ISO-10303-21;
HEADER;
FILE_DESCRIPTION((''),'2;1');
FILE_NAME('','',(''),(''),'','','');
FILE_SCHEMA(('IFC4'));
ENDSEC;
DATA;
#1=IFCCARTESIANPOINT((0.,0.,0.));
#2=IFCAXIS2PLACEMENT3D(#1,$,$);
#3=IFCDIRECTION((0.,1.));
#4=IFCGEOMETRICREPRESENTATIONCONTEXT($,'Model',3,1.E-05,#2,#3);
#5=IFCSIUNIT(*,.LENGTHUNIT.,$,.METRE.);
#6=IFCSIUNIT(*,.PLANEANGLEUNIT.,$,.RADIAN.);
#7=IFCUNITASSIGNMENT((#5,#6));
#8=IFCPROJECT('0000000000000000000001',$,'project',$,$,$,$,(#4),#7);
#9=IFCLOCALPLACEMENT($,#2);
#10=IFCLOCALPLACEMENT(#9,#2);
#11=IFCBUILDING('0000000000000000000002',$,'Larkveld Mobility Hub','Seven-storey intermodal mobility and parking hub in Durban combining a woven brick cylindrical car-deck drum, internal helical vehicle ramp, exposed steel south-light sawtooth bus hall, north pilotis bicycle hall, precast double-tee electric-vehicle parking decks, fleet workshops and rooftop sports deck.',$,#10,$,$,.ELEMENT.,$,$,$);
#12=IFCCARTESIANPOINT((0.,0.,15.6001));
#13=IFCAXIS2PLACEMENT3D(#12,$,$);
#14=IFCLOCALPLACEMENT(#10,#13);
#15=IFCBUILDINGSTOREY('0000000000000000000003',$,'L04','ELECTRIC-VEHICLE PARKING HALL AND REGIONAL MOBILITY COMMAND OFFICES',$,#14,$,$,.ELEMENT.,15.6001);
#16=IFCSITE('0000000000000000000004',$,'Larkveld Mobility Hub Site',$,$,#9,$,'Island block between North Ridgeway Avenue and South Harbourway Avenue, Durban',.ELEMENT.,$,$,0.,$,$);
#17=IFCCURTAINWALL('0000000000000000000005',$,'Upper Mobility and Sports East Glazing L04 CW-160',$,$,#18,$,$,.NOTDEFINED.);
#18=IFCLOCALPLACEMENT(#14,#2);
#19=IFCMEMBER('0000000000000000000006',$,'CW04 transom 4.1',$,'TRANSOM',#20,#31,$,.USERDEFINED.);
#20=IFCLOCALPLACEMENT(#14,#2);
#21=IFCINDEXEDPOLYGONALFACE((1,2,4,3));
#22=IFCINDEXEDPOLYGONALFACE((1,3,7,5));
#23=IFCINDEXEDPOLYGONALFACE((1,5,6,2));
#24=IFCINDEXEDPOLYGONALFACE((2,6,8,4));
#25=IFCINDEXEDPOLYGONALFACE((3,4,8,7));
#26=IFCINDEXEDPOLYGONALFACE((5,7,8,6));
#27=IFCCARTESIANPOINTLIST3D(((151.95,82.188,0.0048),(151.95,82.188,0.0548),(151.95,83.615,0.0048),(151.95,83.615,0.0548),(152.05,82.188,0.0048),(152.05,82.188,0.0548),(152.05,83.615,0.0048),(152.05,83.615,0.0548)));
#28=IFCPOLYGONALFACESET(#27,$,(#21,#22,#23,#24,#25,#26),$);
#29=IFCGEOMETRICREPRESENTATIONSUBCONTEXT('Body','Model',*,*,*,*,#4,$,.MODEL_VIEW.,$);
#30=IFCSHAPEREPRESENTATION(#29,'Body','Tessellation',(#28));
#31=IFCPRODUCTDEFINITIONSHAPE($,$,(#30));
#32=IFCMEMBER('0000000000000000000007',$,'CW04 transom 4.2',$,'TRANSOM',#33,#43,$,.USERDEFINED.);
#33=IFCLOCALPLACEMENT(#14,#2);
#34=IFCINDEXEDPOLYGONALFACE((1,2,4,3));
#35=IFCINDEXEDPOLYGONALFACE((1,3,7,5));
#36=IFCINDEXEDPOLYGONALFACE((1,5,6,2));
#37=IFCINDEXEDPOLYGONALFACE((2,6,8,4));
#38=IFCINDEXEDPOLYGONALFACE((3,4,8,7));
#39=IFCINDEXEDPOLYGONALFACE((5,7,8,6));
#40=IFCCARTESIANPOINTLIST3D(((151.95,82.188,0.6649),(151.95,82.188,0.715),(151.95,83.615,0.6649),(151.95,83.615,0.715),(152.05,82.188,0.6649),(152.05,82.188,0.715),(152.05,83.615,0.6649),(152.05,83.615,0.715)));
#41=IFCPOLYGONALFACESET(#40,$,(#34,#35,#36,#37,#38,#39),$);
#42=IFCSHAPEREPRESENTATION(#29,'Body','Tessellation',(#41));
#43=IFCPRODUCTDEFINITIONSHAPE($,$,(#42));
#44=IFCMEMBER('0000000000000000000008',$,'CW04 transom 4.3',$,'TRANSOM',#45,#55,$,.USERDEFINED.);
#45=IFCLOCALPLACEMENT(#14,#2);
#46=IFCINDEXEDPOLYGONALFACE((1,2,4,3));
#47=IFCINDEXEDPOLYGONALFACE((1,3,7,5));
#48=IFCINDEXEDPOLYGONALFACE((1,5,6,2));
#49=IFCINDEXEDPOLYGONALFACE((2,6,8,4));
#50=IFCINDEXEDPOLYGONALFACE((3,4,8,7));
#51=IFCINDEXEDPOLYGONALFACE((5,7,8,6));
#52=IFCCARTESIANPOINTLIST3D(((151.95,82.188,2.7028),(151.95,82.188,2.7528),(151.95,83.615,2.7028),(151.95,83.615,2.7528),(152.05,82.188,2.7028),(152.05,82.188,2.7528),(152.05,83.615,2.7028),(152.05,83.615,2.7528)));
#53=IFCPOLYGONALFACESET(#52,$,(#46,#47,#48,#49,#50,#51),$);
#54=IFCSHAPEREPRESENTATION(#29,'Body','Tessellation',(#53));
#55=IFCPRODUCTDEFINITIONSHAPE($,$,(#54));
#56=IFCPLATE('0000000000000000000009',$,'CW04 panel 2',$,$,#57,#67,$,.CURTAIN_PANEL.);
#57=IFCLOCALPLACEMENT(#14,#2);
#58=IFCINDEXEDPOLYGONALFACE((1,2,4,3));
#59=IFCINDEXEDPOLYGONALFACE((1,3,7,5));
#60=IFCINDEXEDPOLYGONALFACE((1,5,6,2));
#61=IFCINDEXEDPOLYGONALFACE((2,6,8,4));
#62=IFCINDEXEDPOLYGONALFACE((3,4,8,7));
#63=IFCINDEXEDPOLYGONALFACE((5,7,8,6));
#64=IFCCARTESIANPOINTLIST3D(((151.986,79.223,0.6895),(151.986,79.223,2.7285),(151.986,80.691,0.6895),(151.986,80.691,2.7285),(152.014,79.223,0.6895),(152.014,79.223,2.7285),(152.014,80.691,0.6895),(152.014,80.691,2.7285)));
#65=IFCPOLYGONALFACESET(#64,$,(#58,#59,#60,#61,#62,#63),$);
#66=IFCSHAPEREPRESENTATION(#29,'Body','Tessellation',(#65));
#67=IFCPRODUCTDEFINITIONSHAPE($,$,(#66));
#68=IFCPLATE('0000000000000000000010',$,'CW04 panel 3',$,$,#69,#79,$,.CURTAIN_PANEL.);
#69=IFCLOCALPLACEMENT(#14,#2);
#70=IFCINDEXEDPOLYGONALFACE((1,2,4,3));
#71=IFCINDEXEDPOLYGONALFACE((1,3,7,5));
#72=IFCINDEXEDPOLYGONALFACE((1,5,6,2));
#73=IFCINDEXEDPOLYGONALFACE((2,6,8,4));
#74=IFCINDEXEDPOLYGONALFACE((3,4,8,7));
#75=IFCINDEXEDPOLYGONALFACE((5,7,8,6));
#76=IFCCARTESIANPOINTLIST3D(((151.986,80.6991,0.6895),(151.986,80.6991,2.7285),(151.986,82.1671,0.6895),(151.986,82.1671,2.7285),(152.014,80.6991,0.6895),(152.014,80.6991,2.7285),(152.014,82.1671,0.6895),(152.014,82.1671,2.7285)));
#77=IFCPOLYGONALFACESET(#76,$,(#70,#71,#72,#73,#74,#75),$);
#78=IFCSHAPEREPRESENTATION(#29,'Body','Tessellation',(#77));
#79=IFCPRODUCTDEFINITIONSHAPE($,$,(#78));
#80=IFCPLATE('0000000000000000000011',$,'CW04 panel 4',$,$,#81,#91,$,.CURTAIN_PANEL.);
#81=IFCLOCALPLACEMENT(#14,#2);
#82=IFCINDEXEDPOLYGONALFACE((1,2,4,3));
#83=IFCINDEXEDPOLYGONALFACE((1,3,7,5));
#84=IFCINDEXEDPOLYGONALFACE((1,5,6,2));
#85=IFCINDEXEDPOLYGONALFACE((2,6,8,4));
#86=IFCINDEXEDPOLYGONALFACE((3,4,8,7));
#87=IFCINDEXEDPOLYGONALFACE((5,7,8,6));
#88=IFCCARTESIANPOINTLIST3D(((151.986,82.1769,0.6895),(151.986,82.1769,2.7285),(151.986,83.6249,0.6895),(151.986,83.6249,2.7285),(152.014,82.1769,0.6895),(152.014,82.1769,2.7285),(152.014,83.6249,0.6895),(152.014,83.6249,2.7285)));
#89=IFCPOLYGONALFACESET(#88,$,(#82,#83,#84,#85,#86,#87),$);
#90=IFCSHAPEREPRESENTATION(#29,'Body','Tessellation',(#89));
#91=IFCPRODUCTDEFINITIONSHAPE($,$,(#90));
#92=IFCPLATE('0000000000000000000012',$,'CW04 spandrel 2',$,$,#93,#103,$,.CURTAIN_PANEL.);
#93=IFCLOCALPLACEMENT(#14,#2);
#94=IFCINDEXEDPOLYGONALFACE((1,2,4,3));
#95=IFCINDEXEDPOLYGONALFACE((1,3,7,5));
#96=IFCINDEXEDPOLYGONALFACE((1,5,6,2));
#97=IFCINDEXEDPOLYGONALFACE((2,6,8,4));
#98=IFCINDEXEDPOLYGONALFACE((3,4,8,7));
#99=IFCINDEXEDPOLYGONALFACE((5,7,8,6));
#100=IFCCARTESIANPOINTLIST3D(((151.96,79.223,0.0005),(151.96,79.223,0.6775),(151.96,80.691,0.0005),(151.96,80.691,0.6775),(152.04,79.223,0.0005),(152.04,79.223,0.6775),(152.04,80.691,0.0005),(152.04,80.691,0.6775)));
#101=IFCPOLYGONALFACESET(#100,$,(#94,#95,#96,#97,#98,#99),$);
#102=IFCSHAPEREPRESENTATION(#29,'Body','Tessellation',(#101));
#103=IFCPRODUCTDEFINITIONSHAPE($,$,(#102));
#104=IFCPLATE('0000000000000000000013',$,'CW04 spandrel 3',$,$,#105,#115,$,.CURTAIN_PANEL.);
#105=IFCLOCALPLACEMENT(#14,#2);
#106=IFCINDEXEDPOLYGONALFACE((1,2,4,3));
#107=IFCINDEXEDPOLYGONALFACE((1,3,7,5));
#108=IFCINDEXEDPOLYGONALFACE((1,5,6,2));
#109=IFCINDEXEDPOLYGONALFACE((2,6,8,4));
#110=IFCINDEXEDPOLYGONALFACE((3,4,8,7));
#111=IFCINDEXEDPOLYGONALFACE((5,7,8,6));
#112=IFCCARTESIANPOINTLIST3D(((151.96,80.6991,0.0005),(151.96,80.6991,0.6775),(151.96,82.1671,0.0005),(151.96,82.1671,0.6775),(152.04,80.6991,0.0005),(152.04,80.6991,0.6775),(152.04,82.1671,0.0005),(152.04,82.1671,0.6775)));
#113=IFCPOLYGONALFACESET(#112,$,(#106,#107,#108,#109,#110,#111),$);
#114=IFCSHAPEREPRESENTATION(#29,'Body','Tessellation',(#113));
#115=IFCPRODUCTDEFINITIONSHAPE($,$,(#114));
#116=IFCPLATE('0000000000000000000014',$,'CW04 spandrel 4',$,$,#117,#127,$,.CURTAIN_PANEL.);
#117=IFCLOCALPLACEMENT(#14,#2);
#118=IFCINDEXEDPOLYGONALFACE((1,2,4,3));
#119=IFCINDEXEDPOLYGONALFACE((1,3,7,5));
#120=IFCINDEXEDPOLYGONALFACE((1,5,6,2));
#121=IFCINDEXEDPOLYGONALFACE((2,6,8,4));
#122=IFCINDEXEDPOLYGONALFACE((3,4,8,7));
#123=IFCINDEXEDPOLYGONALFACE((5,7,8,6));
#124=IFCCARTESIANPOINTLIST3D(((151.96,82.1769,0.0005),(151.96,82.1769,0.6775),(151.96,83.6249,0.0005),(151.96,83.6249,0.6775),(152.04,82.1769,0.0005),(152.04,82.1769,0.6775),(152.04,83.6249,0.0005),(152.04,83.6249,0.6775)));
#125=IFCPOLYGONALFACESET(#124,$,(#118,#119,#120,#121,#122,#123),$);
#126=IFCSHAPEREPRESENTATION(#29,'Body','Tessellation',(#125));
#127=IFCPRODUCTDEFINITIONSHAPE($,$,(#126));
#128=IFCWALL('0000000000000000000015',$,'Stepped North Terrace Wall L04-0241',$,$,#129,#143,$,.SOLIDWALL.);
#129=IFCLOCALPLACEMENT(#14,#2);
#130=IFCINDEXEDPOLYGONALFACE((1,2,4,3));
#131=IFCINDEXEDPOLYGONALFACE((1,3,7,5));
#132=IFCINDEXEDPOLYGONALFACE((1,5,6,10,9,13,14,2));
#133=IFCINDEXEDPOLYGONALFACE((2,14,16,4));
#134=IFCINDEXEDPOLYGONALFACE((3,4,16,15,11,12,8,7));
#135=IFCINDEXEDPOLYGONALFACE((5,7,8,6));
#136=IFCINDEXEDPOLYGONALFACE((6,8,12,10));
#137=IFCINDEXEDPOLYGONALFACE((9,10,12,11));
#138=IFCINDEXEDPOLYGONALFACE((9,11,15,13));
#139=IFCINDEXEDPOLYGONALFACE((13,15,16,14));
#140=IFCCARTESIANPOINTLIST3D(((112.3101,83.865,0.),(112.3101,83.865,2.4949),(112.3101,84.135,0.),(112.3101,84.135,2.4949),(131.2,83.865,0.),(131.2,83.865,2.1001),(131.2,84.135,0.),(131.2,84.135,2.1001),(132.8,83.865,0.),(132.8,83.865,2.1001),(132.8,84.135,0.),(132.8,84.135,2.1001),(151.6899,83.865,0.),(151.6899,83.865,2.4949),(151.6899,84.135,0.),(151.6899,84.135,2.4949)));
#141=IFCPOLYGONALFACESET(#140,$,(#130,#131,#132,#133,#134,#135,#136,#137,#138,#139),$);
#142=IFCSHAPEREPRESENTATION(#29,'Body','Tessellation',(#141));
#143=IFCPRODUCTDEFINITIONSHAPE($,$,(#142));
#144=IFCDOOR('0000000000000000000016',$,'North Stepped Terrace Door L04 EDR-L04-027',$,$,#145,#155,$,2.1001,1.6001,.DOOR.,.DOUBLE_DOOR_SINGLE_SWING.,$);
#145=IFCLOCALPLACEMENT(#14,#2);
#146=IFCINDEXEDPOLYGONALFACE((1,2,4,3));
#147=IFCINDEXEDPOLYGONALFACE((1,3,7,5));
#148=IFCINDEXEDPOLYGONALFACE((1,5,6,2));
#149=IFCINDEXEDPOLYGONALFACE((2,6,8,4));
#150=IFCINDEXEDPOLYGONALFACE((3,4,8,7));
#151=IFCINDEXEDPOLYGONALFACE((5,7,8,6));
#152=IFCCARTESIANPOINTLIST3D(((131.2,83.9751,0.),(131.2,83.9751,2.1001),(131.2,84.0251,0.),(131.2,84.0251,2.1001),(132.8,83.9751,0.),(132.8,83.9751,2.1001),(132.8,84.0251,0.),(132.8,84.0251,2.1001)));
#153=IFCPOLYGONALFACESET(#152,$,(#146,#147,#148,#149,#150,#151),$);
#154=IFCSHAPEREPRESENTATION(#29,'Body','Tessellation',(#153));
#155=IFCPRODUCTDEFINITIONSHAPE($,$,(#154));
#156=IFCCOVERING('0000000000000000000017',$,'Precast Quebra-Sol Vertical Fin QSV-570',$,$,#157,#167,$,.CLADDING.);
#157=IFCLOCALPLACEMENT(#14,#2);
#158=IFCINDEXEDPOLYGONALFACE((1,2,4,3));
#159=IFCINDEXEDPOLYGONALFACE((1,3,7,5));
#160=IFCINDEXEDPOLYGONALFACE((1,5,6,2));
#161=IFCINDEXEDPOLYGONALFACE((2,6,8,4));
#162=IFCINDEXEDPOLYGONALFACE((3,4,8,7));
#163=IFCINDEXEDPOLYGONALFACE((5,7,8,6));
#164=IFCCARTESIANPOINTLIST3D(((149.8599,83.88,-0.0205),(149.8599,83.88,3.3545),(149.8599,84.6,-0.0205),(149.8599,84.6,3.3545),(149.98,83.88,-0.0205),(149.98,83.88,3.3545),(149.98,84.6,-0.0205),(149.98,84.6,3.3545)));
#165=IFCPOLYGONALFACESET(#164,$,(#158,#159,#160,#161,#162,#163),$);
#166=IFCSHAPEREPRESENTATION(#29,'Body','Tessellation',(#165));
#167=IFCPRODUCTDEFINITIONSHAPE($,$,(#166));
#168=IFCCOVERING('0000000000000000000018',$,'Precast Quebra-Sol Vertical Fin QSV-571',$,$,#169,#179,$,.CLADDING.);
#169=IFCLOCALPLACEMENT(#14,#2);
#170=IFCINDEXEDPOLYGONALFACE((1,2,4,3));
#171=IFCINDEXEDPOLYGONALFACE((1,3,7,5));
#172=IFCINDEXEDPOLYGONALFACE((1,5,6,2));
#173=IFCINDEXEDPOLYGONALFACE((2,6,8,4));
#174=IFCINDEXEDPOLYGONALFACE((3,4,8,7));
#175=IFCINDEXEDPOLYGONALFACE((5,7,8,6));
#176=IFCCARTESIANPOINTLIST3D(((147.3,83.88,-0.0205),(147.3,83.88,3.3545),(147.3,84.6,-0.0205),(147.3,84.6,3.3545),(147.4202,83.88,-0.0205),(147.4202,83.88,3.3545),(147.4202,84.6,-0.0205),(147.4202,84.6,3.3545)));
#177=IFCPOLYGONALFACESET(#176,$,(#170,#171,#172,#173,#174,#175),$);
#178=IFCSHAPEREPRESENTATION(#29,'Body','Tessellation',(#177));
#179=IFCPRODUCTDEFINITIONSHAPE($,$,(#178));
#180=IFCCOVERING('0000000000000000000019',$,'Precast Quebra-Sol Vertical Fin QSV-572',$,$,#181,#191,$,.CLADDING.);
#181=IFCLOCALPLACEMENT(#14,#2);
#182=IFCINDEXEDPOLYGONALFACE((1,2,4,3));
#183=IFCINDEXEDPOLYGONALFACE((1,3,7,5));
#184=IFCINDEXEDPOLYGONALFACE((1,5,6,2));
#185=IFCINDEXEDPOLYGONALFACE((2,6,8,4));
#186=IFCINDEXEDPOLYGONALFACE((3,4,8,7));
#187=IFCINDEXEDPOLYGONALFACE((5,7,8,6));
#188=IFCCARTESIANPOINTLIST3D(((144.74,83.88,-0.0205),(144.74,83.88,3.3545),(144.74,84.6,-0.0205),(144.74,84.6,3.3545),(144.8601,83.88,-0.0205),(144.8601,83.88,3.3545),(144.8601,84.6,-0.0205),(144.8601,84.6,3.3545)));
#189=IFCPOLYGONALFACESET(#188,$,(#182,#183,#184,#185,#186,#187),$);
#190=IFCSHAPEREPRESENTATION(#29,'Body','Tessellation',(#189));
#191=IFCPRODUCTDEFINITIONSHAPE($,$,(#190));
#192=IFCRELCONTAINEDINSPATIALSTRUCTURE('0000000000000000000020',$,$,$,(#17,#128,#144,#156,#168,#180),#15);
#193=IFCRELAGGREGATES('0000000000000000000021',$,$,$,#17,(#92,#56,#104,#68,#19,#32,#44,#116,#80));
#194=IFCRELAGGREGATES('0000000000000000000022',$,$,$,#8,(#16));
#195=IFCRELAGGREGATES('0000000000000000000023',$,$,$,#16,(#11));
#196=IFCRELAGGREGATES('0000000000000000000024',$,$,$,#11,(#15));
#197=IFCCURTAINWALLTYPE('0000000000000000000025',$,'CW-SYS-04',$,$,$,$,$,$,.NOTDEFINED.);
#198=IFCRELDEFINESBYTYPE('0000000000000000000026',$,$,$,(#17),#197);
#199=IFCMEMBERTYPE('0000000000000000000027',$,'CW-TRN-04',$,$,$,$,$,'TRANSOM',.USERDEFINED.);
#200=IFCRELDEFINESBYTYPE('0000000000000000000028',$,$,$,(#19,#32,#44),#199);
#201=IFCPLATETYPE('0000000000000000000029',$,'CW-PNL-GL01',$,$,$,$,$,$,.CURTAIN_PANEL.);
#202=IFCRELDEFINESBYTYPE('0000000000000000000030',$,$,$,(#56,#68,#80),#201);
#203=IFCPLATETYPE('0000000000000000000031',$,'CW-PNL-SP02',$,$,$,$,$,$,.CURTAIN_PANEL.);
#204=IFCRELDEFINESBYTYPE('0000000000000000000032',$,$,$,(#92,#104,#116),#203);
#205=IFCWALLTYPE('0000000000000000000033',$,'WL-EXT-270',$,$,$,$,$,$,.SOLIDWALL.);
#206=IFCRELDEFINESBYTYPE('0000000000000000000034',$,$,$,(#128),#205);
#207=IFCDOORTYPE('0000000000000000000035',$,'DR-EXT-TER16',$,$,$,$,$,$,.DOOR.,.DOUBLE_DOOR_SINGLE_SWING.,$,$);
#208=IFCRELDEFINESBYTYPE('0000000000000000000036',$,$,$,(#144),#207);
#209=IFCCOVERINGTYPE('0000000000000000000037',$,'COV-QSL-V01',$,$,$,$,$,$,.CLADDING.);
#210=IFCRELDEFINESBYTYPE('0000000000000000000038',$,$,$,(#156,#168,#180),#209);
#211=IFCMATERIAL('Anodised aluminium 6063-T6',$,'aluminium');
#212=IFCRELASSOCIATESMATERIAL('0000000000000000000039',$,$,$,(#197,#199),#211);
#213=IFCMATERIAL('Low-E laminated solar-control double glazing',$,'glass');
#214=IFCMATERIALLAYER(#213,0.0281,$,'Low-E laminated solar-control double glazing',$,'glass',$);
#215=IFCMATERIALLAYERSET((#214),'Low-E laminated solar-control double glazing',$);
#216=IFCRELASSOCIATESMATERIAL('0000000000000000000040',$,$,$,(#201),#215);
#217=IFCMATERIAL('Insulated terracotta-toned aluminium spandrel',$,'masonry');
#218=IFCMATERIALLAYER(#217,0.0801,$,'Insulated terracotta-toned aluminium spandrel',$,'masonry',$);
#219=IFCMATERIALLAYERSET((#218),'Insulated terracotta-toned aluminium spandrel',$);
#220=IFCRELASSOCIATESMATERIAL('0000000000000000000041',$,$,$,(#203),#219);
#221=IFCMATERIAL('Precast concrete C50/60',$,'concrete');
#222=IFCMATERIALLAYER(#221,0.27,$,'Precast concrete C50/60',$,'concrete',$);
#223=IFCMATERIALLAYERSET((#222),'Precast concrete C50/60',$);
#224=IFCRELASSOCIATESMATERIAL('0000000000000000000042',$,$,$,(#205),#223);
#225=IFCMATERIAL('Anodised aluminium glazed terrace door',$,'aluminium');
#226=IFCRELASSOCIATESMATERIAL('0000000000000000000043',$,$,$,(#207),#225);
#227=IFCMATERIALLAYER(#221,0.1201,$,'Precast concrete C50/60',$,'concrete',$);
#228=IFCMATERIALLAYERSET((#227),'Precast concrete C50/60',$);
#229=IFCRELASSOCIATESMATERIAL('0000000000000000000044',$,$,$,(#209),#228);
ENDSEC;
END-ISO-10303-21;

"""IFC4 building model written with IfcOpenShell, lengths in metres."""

from ifc_helpers import new_model, si_unit, direction, frame, frame_2d, origin, origin_2d, place, context, subcontext, project, spatial, rectangle, extrude, material, layer, layer_set, material_profile, profile_set, type_object, element, fill, aggregate, save


model = new_model("IFC4")

# Units and contexts
model_context = context("Model", 3, precision=1e-05, world=origin(), true_north=direction((0.0, 1.0)))
body_context = subcontext(model_context, "Body", "Model", "MODEL_VIEW")
ifc_project = project(units=[si_unit("LENGTHUNIT", "METRE"), si_unit("PLANEANGLEUNIT", "RADIAN")], contexts=[model_context])

# Site, building, storey
site_placement = place(None, origin())
site = spatial("IfcSite", under=ifc_project, at=site_placement, Name="Larkveld Mobility Hub Site", LongName="Island block between North Ridgeway Avenue and South Harbourway Avenue, Durban", CompositionType="ELEMENT", RefElevation=0.0)
building_placement = place(site_placement, origin())
building = spatial("IfcBuilding", under=site, at=building_placement, Name="Larkveld Mobility Hub", Description="Seven-storey intermodal mobility and parking hub in Durban combining a woven brick cylindrical car-deck drum, internal helical vehicle ramp, exposed steel south-light sawtooth bus hall, north pilotis bicycle hall, precast double-tee electric-vehicle parking decks, fleet workshops and rooftop sports deck.", CompositionType="ELEMENT")
storey_placement = place(building_placement, frame((0.0, 0.0, 15.6001)))
storey = spatial("IfcBuildingStorey", under=building, at=storey_placement, Name="L04", Description="ELECTRIC-VEHICLE PARKING HALL AND REGIONAL MOBILITY COMMAND OFFICES", CompositionType="ELEMENT", Elevation=15.6001)

# Curtain wall, members, plates
ifc_material_1 = material(Name="Anodised aluminium 6063-T6", Category="aluminium")
curtain_wall_type = type_object("IfcCurtainWallType", Name="CW-SYS-04", PredefinedType="NOTDEFINED", material=ifc_material_1)
curtain_wall_placement = place(storey_placement, origin())
curtain_wall = element("IfcCurtainWall", 1, at=curtain_wall_placement, inside=storey, type_object=curtain_wall_type, Name="Upper Mobility and Sports East Glazing L04 CW-160", PredefinedType="NOTDEFINED")
ifc_material_profile_1 = material_profile(ifc_material_1, rectangle(XDim=0.1001, YDim=0.05, at=origin_2d()), Name="ALU TRAN 50x100")
ifc_profile_set_1 = profile_set([ifc_material_profile_1], Name="Anodised aluminium 6063-T6")
member_type_1 = type_object("IfcMemberType", Name="CW-TRN-04", ElementType="TRANSOM", PredefinedType="USERDEFINED", material=ifc_profile_set_1)
member_1_placement = place(storey_placement, frame((152.0, 82.188, 0.0298), z_axis=(0.0, 1.0, 0.0), x_axis=(-1.0, 0.0, 0.0)))
member_1 = element("IfcMember", 2, at=member_1_placement, type_object=member_type_1, Name="CW04 transom 4.1", ObjectType="TRANSOM", PredefinedType="USERDEFINED", context=body_context, shape_type="SweptSolid", body=[
    extrude(rectangle(XDim=0.1001, YDim=0.05, at=origin_2d()), origin(), (0.0, 0.0, 1.0), 1.427),
])
member_2_placement = place(storey_placement, frame((152.0, 82.188, 0.6899), z_axis=(0.0, 1.0, 0.0), x_axis=(-1.0, 0.0, 0.0)))
member_2 = element("IfcMember", 3, at=member_2_placement, type_object=member_type_1, Name="CW04 transom 4.2", ObjectType="TRANSOM", PredefinedType="USERDEFINED", context=body_context, shape_type="SweptSolid", body=[
    extrude(rectangle(XDim=0.1001, YDim=0.05, at=origin_2d()), origin(), (0.0, 0.0, 1.0), 1.427),
])
member_3_placement = place(storey_placement, frame((152.0, 82.188, 2.7278), z_axis=(0.0, 1.0, 0.0), x_axis=(-1.0, 0.0, 0.0)))
member_3 = element("IfcMember", 4, at=member_3_placement, type_object=member_type_1, Name="CW04 transom 4.3", ObjectType="TRANSOM", PredefinedType="USERDEFINED", context=body_context, shape_type="SweptSolid", body=[
    extrude(rectangle(XDim=0.1001, YDim=0.05, at=origin_2d()), origin(), (0.0, 0.0, 1.0), 1.427),
])
ifc_material_2 = material(Name="Low-E laminated solar-control double glazing", Category="glass")
ifc_layer_1 = layer(ifc_material_2, 0.0281, Name="Low-E laminated solar-control double glazing", Category="glass")
ifc_layer_set_1 = layer_set([ifc_layer_1], Name="Low-E laminated solar-control double glazing")
plate_type_1 = type_object("IfcPlateType", Name="CW-PNL-GL01", PredefinedType="CURTAIN_PANEL", material=ifc_layer_set_1)
plate_1_placement = place(storey_placement, frame((152.0, 79.957, 0.6895), z_axis=(0.0, 0.0, 1.0), x_axis=(0.0, 1.0, 0.0)))
plate_1 = element("IfcPlate", 5, at=plate_1_placement, type_object=plate_type_1, Name="CW04 panel 2", PredefinedType="CURTAIN_PANEL", context=body_context, shape_type="SweptSolid", body=[
    extrude(rectangle(XDim=1.468, YDim=0.0281, at=origin_2d()), origin(), (0.0, 0.0, 1.0), 2.0391),
])
plate_2_placement = place(storey_placement, frame((152.0, 81.4331, 0.6895), z_axis=(0.0, 0.0, 1.0), x_axis=(0.0, 1.0, 0.0)))
plate_2 = element("IfcPlate", 6, at=plate_2_placement, type_object=plate_type_1, Name="CW04 panel 3", PredefinedType="CURTAIN_PANEL", context=body_context, shape_type="SweptSolid", body=[
    extrude(rectangle(XDim=1.468, YDim=0.0281, at=origin_2d()), origin(), (0.0, 0.0, 1.0), 2.0391),
])
plate_3_placement = place(storey_placement, frame((152.0, 82.9009, 0.6895), z_axis=(0.0, 0.0, 1.0), x_axis=(0.0, 1.0, 0.0)))
plate_3 = element("IfcPlate", 7, at=plate_3_placement, type_object=plate_type_1, Name="CW04 panel 4", PredefinedType="CURTAIN_PANEL", context=body_context, shape_type="SweptSolid", body=[
    extrude(rectangle(XDim=1.448, YDim=0.0281, at=origin_2d()), origin(), (0.0, 0.0, 1.0), 2.0391),
])
ifc_material_3 = material(Name="Insulated terracotta-toned aluminium spandrel", Category="masonry")
ifc_layer_2 = layer(ifc_material_3, 0.0801, Name="Insulated terracotta-toned aluminium spandrel", Category="masonry")
ifc_layer_set_2 = layer_set([ifc_layer_2], Name="Insulated terracotta-toned aluminium spandrel")
plate_type_2 = type_object("IfcPlateType", Name="CW-PNL-SP02", PredefinedType="CURTAIN_PANEL", material=ifc_layer_set_2)
plate_4_placement = place(storey_placement, frame((152.0, 79.957, 0.0005), z_axis=(0.0, 0.0, 1.0), x_axis=(0.0, 1.0, 0.0)))
plate_4 = element("IfcPlate", 8, at=plate_4_placement, type_object=plate_type_2, Name="CW04 spandrel 2", PredefinedType="CURTAIN_PANEL", context=body_context, shape_type="SweptSolid", body=[
    extrude(rectangle(XDim=1.468, YDim=0.0801, at=origin_2d()), origin(), (0.0, 0.0, 1.0), 0.677),
])
plate_5_placement = place(storey_placement, frame((152.0, 81.4331, 0.0005), z_axis=(0.0, 0.0, 1.0), x_axis=(0.0, 1.0, 0.0)))
plate_5 = element("IfcPlate", 9, at=plate_5_placement, type_object=plate_type_2, Name="CW04 spandrel 3", PredefinedType="CURTAIN_PANEL", context=body_context, shape_type="SweptSolid", body=[
    extrude(rectangle(XDim=1.468, YDim=0.0801, at=origin_2d()), origin(), (0.0, 0.0, 1.0), 0.677),
])
plate_6_placement = place(storey_placement, frame((152.0, 82.9009, 0.0005), z_axis=(0.0, 0.0, 1.0), x_axis=(0.0, 1.0, 0.0)))
plate_6 = element("IfcPlate", 10, at=plate_6_placement, type_object=plate_type_2, Name="CW04 spandrel 4", PredefinedType="CURTAIN_PANEL", context=body_context, shape_type="SweptSolid", body=[
    extrude(rectangle(XDim=1.448, YDim=0.0801, at=origin_2d()), origin(), (0.0, 0.0, 1.0), 0.677),
])
aggregate(curtain_wall, [plate_4, plate_1, plate_5, plate_2, member_1, member_2, member_3, plate_6, plate_3])

# Wall, opening, door
ifc_material_4 = material(Name="Precast concrete C50/60", Category="concrete")
ifc_layer_3 = layer(ifc_material_4, 0.27, Name="Precast concrete C50/60", Category="concrete")
ifc_layer_set_3 = layer_set([ifc_layer_3], Name="Precast concrete C50/60")
wall_type = type_object("IfcWallType", Name="WL-EXT-270", PredefinedType="SOLIDWALL", material=ifc_layer_set_3)
wall_placement = place(storey_placement, frame((151.6899, 84.0, 0.0), z_axis=(0.0, 0.0, 1.0), x_axis=(-1.0, 0.0, 0.0)))
wall = element("IfcWall", 11, at=wall_placement, inside=storey, type_object=wall_type, Name="Stepped North Terrace Wall L04-0241", PredefinedType="SOLIDWALL", context=body_context, shape_type="SweptSolid", body=[
    extrude(rectangle(XDim=39.3799, YDim=0.27, at=frame_2d((19.6899, 0.0))), origin(), (0.0, 0.0, 1.0), 2.4949),
])
opening_placement = place(wall_placement, frame((18.8899, 0.0, 0.0)))
opening = element("IfcOpeningElement", 12, at=opening_placement, cuts=wall, PredefinedType="OPENING", context=body_context, shape_type="SweptSolid", body=[
    extrude(rectangle(XDim=1.6001, YDim=2.1001, at=frame_2d((0.8, 1.05))), frame((0.0, 0.145, 0.0), z_axis=(0.0, -1.0, 0.0), x_axis=(1.0, 0.0, 0.0)), (0.0, 0.0, 1.0), 0.29),
])
ifc_material_5 = material(Name="Anodised aluminium glazed terrace door", Category="aluminium")
door_type = type_object("IfcDoorType", Name="DR-EXT-TER16", OperationType="DOUBLE_DOOR_SINGLE_SWING", PredefinedType="DOOR", material=ifc_material_5)
door_placement = place(opening_placement, origin())
door = element("IfcDoor", 13, at=door_placement, inside=storey, type_object=door_type, Name="North Stepped Terrace Door L04 EDR-L04-027", OperationType="DOUBLE_DOOR_SINGLE_SWING", OverallHeight=2.1001, OverallWidth=1.6001, PredefinedType="DOOR", context=body_context, shape_type="SweptSolid", body=[
    extrude(rectangle(XDim=1.6001, YDim=2.1001, at=frame_2d((0.8, 1.05))), frame((0.0, 0.0249, 0.0), z_axis=(0.0, -1.0, 0.0), x_axis=(1.0, 0.0, 0.0)), (0.0, 0.0, 1.0), 0.05),
])
fill(opening, door)

# Coverings
ifc_layer_4 = layer(ifc_material_4, 0.1201, Name="Precast concrete C50/60", Category="concrete")
ifc_layer_set_4 = layer_set([ifc_layer_4], Name="Precast concrete C50/60")
covering_type = type_object("IfcCoveringType", Name="COV-QSL-V01", PredefinedType="CLADDING", material=ifc_layer_set_4)
for number, where, z_axis, x_axis, name in (
    (14, (149.9199, 84.24, -0.0205), (0.0, 0.0, 1.0), (-1.0, 0.0, 0.0), "Precast Quebra-Sol Vertical Fin QSV-570"),
    (15, (147.3601, 84.24, -0.0205), (0.0, 0.0, 1.0), (-1.0, 0.0, 0.0), "Precast Quebra-Sol Vertical Fin QSV-571"),
    (16, (144.8, 84.24, -0.0205), (0.0, 0.0, 1.0), (-1.0, 0.0, 0.0), "Precast Quebra-Sol Vertical Fin QSV-572"),
):
    element("IfcCovering", number, at=place(storey_placement, frame(where, z_axis=z_axis, x_axis=x_axis)), inside=storey, type_object=covering_type, Name=name, PredefinedType="CLADDING", context=body_context, shape_type="SweptSolid", body=[
        extrude(rectangle(XDim=0.1201, YDim=0.72, at=origin_2d()), origin(), (0.0, 0.0, 1.0), 3.375),
    ])

save(model, "model.ifc")
